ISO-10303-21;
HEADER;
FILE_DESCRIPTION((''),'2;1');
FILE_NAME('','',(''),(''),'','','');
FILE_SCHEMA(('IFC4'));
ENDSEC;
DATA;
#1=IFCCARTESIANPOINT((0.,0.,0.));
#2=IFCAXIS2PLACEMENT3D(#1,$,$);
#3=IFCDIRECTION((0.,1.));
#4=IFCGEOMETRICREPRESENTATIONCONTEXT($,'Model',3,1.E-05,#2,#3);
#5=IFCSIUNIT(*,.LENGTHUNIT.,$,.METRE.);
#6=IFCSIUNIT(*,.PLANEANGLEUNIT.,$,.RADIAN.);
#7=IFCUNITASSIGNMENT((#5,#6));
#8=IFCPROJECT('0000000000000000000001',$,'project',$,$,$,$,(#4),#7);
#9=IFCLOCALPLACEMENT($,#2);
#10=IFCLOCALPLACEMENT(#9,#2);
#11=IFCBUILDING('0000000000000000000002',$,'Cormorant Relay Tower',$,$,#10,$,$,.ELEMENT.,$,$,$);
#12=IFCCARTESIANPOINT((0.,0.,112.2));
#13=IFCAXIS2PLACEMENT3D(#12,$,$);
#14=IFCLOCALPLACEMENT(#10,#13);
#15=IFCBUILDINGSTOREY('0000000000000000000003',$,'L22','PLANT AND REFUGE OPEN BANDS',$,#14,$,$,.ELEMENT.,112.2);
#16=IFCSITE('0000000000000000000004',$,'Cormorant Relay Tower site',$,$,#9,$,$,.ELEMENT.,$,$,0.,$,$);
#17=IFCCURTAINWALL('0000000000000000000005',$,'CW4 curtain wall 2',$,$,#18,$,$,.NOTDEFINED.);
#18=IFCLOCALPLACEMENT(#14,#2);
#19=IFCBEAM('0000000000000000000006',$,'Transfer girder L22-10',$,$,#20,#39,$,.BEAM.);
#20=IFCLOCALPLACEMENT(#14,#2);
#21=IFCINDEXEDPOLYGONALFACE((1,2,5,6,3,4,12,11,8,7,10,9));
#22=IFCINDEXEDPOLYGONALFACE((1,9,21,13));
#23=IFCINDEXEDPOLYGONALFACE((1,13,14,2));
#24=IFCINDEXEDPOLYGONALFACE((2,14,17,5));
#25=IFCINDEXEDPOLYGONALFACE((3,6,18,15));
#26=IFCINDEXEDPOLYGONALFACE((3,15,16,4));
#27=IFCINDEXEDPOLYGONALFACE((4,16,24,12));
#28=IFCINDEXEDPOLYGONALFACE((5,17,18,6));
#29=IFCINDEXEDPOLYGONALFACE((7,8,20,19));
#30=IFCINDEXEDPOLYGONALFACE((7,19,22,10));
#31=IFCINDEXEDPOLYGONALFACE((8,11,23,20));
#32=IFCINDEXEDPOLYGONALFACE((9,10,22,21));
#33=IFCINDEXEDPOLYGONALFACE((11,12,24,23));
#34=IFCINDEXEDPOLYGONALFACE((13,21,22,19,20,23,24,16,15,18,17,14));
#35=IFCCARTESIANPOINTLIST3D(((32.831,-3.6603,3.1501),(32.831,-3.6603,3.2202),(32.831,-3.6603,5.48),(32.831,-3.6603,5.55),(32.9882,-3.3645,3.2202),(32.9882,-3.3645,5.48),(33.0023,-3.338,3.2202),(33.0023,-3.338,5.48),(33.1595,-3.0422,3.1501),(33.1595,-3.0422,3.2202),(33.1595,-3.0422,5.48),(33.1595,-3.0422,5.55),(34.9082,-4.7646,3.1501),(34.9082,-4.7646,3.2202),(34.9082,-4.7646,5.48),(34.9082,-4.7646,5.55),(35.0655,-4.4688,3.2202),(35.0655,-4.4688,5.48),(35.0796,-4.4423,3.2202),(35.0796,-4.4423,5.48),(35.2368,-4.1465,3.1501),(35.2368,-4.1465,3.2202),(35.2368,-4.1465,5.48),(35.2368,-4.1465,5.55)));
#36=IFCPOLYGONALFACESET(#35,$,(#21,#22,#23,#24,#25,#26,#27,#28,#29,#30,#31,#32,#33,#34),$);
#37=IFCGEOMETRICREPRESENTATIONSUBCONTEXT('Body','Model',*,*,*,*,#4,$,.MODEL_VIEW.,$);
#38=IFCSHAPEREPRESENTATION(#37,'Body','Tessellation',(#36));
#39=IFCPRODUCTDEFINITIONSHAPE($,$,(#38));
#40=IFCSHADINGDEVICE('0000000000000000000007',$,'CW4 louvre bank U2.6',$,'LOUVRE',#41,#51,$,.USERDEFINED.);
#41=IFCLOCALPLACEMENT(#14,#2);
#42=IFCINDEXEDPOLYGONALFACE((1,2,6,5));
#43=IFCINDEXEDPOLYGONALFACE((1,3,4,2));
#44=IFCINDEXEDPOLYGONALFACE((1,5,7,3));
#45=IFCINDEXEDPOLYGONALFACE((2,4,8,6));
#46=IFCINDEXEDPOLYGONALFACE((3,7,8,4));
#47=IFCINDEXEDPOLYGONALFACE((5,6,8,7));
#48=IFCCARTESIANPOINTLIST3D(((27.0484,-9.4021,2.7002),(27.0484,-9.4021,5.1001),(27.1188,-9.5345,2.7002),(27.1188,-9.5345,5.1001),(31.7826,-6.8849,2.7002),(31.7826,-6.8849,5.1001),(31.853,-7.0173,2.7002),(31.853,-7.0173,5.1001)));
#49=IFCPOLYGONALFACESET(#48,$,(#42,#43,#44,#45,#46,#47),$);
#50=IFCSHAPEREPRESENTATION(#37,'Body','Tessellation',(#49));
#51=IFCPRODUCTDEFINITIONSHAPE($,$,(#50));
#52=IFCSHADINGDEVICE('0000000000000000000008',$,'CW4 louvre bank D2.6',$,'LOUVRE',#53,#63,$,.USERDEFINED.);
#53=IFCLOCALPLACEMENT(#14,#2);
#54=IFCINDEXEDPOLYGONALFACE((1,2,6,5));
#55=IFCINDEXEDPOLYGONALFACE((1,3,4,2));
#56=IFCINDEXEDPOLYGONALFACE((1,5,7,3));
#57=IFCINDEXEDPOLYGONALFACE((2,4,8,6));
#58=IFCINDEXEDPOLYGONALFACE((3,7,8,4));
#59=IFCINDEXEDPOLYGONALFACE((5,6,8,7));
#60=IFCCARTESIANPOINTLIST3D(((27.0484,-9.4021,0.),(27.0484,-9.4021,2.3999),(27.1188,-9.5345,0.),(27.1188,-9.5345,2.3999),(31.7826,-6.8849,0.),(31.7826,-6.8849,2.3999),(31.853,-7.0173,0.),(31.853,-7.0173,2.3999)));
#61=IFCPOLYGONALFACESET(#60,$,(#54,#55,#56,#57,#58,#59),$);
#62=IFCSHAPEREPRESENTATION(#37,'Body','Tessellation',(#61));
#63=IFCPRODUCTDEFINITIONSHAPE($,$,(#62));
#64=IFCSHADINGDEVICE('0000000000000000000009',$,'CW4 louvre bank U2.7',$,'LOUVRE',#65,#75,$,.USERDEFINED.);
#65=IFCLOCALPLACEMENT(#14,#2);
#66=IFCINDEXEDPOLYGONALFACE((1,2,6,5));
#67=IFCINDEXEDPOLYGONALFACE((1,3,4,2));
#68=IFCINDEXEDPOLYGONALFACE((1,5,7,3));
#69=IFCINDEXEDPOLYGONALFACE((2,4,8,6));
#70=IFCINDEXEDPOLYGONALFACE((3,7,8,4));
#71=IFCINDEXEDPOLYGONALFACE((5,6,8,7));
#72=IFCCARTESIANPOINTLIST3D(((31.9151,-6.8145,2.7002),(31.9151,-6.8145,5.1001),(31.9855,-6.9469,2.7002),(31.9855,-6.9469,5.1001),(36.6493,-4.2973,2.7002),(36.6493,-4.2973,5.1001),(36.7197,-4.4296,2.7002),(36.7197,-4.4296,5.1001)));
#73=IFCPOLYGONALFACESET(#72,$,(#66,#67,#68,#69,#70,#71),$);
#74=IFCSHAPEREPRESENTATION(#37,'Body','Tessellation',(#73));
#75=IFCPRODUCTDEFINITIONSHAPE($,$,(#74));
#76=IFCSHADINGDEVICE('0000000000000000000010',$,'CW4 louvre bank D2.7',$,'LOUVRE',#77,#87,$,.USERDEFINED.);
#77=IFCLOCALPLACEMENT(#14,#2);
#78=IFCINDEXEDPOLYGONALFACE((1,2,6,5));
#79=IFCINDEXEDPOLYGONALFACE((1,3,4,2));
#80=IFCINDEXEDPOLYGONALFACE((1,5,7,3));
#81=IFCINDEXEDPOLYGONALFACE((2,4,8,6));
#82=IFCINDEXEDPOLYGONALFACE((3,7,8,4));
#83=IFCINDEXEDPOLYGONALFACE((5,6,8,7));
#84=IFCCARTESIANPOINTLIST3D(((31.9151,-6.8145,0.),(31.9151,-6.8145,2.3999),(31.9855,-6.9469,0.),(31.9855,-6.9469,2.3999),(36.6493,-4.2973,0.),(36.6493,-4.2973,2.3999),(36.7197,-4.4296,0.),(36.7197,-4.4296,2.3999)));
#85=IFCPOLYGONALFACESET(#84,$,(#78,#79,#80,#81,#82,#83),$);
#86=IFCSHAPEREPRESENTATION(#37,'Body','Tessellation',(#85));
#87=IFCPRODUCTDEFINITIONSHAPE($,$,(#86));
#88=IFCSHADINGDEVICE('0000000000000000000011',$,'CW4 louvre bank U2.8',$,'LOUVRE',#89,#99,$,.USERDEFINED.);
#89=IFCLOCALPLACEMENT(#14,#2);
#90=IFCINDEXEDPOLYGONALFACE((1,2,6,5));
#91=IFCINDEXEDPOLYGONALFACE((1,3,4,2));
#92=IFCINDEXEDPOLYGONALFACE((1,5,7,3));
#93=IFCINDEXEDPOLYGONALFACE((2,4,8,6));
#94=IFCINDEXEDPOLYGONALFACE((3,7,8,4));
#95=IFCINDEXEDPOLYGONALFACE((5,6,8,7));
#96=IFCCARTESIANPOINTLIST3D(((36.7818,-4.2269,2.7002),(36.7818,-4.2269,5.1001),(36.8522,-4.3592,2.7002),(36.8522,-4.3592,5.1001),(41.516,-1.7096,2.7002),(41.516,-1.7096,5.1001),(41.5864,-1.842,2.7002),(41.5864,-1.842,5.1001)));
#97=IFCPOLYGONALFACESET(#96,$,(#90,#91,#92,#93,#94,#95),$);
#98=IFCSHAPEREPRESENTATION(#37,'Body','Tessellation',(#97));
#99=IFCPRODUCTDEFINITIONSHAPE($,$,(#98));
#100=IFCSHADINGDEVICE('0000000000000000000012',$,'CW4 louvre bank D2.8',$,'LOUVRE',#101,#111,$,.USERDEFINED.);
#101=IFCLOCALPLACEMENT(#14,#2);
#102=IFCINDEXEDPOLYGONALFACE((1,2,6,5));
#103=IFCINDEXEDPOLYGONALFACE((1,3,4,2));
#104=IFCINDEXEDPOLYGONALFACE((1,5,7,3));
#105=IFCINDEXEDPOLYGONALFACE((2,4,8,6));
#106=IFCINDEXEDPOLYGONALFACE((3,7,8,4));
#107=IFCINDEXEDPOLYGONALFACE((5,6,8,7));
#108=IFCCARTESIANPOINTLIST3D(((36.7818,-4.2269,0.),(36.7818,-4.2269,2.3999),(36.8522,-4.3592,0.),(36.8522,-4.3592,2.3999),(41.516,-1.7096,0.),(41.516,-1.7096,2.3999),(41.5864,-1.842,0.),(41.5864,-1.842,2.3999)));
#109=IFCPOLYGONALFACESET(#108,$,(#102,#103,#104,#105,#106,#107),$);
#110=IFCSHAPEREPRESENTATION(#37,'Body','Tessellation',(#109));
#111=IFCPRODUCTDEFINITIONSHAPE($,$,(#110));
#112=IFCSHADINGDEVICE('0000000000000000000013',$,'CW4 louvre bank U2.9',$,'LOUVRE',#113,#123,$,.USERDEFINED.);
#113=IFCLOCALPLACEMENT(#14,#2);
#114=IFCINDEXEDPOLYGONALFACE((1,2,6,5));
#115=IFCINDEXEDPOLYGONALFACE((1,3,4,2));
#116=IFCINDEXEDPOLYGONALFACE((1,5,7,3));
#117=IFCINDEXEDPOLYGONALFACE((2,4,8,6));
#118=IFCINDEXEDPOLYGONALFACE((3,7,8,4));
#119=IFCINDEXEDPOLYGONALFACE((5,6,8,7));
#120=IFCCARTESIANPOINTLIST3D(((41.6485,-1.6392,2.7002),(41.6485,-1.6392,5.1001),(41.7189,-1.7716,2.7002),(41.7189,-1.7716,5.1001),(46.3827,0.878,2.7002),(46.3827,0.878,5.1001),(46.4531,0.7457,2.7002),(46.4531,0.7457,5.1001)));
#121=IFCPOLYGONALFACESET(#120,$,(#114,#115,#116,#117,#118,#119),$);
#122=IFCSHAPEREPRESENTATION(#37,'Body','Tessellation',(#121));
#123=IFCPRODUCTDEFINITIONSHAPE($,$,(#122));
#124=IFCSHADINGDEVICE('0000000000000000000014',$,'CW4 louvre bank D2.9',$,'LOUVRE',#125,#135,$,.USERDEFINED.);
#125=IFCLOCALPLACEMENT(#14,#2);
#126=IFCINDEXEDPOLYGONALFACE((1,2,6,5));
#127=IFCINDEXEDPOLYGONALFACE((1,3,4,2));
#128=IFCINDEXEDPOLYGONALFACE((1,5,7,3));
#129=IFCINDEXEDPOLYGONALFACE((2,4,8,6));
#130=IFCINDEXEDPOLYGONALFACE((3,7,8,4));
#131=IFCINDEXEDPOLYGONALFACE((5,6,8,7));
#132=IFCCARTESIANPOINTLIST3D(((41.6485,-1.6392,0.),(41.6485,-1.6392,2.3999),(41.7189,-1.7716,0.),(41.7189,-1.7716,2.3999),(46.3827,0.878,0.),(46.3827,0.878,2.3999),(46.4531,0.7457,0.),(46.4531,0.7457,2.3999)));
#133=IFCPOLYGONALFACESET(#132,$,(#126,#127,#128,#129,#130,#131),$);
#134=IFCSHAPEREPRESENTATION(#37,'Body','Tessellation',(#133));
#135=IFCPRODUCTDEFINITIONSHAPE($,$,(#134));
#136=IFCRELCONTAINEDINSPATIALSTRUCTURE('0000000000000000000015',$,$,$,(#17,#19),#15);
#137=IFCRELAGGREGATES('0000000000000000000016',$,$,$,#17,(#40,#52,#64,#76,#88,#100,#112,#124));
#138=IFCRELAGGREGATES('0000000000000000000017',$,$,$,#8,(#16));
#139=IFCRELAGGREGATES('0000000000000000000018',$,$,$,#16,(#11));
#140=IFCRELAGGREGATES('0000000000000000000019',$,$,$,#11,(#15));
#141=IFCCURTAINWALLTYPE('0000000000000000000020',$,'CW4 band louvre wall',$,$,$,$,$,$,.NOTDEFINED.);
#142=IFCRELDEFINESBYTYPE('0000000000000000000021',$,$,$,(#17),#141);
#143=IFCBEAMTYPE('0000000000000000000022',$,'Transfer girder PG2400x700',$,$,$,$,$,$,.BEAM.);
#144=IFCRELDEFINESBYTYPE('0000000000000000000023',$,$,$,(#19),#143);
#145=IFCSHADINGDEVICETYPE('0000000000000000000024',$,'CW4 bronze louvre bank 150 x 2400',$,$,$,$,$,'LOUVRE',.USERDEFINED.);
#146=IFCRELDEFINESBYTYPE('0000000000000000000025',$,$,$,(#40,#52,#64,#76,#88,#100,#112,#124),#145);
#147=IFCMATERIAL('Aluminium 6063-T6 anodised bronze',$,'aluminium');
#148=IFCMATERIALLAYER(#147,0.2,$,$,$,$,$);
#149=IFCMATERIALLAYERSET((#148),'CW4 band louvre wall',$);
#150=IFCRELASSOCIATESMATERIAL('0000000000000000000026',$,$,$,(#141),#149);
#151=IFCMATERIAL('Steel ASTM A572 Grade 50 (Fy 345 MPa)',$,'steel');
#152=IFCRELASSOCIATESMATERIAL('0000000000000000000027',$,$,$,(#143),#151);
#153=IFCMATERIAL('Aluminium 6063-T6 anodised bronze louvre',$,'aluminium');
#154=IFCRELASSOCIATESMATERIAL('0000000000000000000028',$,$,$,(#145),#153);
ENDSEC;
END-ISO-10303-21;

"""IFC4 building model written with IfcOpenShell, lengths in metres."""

from ifc_helpers import new_model, si_unit, direction, frame, origin, origin_2d, place, context, subcontext, project, spatial, rectangle, i_section, extrude, material, layer, layer_set, material_profile, profile_set, type_object, element, aggregate, save


model = new_model("IFC4")

# Units and contexts
model_context = context("Model", 3, precision=1e-05, world=origin(), true_north=direction((0.0, 1.0)))
body_context = subcontext(model_context, "Body", "Model", "MODEL_VIEW")
ifc_project = project(units=[si_unit("LENGTHUNIT", "METRE"), si_unit("PLANEANGLEUNIT", "RADIAN")], contexts=[model_context])

# Site, building, storey
site_placement = place(None, origin())
site = spatial("IfcSite", under=ifc_project, at=site_placement, Name="Cormorant Relay Tower site", CompositionType="ELEMENT", RefElevation=0.0)
building_placement = place(site_placement, origin())
building = spatial("IfcBuilding", under=site, at=building_placement, Name="Cormorant Relay Tower", CompositionType="ELEMENT")
storey_placement = place(building_placement, frame((0.0, 0.0, 112.2)))
storey = spatial("IfcBuildingStorey", under=building, at=storey_placement, Name="L22", Description="PLANT AND REFUGE OPEN BANDS", CompositionType="ELEMENT", Elevation=112.2)

# Curtain wall
ifc_material_1 = material(Name="Aluminium 6063-T6 anodised bronze", Category="aluminium")
ifc_layer = layer(ifc_material_1, 0.2)
ifc_layer_set = layer_set([ifc_layer], Name="CW4 band louvre wall")
curtain_wall_type = type_object("IfcCurtainWallType", Name="CW4 band louvre wall", PredefinedType="NOTDEFINED", material=ifc_layer_set)
curtain_wall_placement = place(storey_placement, origin())
curtain_wall = element("IfcCurtainWall", 1, at=curtain_wall_placement, inside=storey, type_object=curtain_wall_type, Name="CW4 curtain wall 2", PredefinedType="NOTDEFINED")

# Beam
ifc_material_2 = material(Name="Steel ASTM A572 Grade 50 (Fy 345 MPa)", Category="steel")
ifc_material_profile_1 = material_profile(ifc_material_2, i_section(OverallWidth=0.7, OverallDepth=2.3999, WebThickness=0.03, FlangeThickness=0.0701, at=origin_2d()), Name="PG2400x700")
ifc_profile_set_1 = profile_set([ifc_material_profile_1], Name="Steel ASTM A572 Grade 50 (Fy 345 MPa)")
beam_type = type_object("IfcBeamType", Name="Transfer girder PG2400x700", PredefinedType="BEAM", material=ifc_profile_set_1)
beam_1_placement = place(storey_placement, frame((35.0725, -4.4556, 4.3501), z_axis=(-0.882981, 0.469408, 0.0), x_axis=(-0.469408, -0.882981, 0.0)))
element("IfcBeam", 2, at=beam_1_placement, inside=storey, type_object=beam_type, Name="Transfer girder L22-10", PredefinedType="BEAM", context=body_context, shape_type="SweptSolid", body=[
    extrude(i_section(OverallWidth=0.7, OverallDepth=2.3999, WebThickness=0.03, FlangeThickness=0.0701, at=origin_2d()), origin(), (0.0, 0.0, 1.0), 2.3525),
])

# Shading devices
ifc_material_3 = material(Name="Aluminium 6063-T6 anodised bronze louvre", Category="aluminium")
shading_device_type = type_object("IfcShadingDeviceType", Name="CW4 bronze louvre bank 150 x 2400", ElementType="LOUVRE", PredefinedType="USERDEFINED", material=ifc_material_3)
shading_device_1_placement = place(storey_placement, frame((29.4507, -8.2097, 2.7002), z_axis=(0.0, 0.0, 1.0), x_axis=(0.882948, 0.469472, 0.0)))
shading_device_1 = element("IfcShadingDevice", 3, at=shading_device_1_placement, type_object=shading_device_type, Name="CW4 louvre bank U2.6", ObjectType="LOUVRE", PredefinedType="USERDEFINED", context=body_context, shape_type="SweptSolid", body=[
    extrude(rectangle(XDim=5.3618, YDim=0.1499, at=origin_2d()), origin(), (0.0, 0.0, 1.0), 2.3999),
])
shading_device_2_placement = place(storey_placement, frame((29.4507, -8.2097, 0.0), z_axis=(0.0, 0.0, 1.0), x_axis=(0.882948, 0.469472, 0.0)))
shading_device_2 = element("IfcShadingDevice", 4, at=shading_device_2_placement, type_object=shading_device_type, Name="CW4 louvre bank D2.6", ObjectType="LOUVRE", PredefinedType="USERDEFINED", context=body_context, shape_type="SweptSolid", body=[
    extrude(rectangle(XDim=5.3618, YDim=0.1499, at=origin_2d()), origin(), (0.0, 0.0, 1.0), 2.3999),
])
shading_device_3_placement = place(storey_placement, frame((34.3174, -5.6221, 2.7002), z_axis=(0.0, 0.0, 1.0), x_axis=(0.882948, 0.469472, 0.0)))
shading_device_3 = element("IfcShadingDevice", 5, at=shading_device_3_placement, type_object=shading_device_type, Name="CW4 louvre bank U2.7", ObjectType="LOUVRE", PredefinedType="USERDEFINED", context=body_context, shape_type="SweptSolid", body=[
    extrude(rectangle(XDim=5.3618, YDim=0.1499, at=origin_2d()), origin(), (0.0, 0.0, 1.0), 2.3999),
])
shading_device_4_placement = place(storey_placement, frame((34.3174, -5.6221, 0.0), z_axis=(0.0, 0.0, 1.0), x_axis=(0.882948, 0.469472, 0.0)))
shading_device_4 = element("IfcShadingDevice", 6, at=shading_device_4_placement, type_object=shading_device_type, Name="CW4 louvre bank D2.7", ObjectType="LOUVRE", PredefinedType="USERDEFINED", context=body_context, shape_type="SweptSolid", body=[
    extrude(rectangle(XDim=5.3618, YDim=0.1499, at=origin_2d()), origin(), (0.0, 0.0, 1.0), 2.3999),
])
shading_device_5_placement = place(storey_placement, frame((39.1841, -3.0344, 2.7002), z_axis=(0.0, 0.0, 1.0), x_axis=(0.882948, 0.469472, 0.0)))
shading_device_5 = element("IfcShadingDevice", 7, at=shading_device_5_placement, type_object=shading_device_type, Name="CW4 louvre bank U2.8", ObjectType="LOUVRE", PredefinedType="USERDEFINED", context=body_context, shape_type="SweptSolid", body=[
    extrude(rectangle(XDim=5.3618, YDim=0.1499, at=origin_2d()), origin(), (0.0, 0.0, 1.0), 2.3999),
])
shading_device_6_placement = place(storey_placement, frame((39.1841, -3.0344, 0.0), z_axis=(0.0, 0.0, 1.0), x_axis=(0.882948, 0.469472, 0.0)))
shading_device_6 = element("IfcShadingDevice", 8, at=shading_device_6_placement, type_object=shading_device_type, Name="CW4 louvre bank D2.8", ObjectType="LOUVRE", PredefinedType="USERDEFINED", context=body_context, shape_type="SweptSolid", body=[
    extrude(rectangle(XDim=5.3618, YDim=0.1499, at=origin_2d()), origin(), (0.0, 0.0, 1.0), 2.3999),
])
shading_device_7_placement = place(storey_placement, frame((44.0508, -0.4468, 2.7002), z_axis=(0.0, 0.0, 1.0), x_axis=(0.882948, 0.469472, 0.0)))
shading_device_7 = element("IfcShadingDevice", 9, at=shading_device_7_placement, type_object=shading_device_type, Name="CW4 louvre bank U2.9", ObjectType="LOUVRE", PredefinedType="USERDEFINED", context=body_context, shape_type="SweptSolid", body=[
    extrude(rectangle(XDim=5.3618, YDim=0.1499, at=origin_2d()), origin(), (0.0, 0.0, 1.0), 2.3999),
])
shading_device_8_placement = place(storey_placement, frame((44.0508, -0.4468, 0.0), z_axis=(0.0, 0.0, 1.0), x_axis=(0.882948, 0.469472, 0.0)))
shading_device_8 = element("IfcShadingDevice", 10, at=shading_device_8_placement, type_object=shading_device_type, Name="CW4 louvre bank D2.9", ObjectType="LOUVRE", PredefinedType="USERDEFINED", context=body_context, shape_type="SweptSolid", body=[
    extrude(rectangle(XDim=5.3618, YDim=0.1499, at=origin_2d()), origin(), (0.0, 0.0, 1.0), 2.3999),
])
aggregate(curtain_wall, [shading_device_1, shading_device_2, shading_device_3, shading_device_4, shading_device_5, shading_device_6, shading_device_7, shading_device_8])

save(model, "model.ifc")
